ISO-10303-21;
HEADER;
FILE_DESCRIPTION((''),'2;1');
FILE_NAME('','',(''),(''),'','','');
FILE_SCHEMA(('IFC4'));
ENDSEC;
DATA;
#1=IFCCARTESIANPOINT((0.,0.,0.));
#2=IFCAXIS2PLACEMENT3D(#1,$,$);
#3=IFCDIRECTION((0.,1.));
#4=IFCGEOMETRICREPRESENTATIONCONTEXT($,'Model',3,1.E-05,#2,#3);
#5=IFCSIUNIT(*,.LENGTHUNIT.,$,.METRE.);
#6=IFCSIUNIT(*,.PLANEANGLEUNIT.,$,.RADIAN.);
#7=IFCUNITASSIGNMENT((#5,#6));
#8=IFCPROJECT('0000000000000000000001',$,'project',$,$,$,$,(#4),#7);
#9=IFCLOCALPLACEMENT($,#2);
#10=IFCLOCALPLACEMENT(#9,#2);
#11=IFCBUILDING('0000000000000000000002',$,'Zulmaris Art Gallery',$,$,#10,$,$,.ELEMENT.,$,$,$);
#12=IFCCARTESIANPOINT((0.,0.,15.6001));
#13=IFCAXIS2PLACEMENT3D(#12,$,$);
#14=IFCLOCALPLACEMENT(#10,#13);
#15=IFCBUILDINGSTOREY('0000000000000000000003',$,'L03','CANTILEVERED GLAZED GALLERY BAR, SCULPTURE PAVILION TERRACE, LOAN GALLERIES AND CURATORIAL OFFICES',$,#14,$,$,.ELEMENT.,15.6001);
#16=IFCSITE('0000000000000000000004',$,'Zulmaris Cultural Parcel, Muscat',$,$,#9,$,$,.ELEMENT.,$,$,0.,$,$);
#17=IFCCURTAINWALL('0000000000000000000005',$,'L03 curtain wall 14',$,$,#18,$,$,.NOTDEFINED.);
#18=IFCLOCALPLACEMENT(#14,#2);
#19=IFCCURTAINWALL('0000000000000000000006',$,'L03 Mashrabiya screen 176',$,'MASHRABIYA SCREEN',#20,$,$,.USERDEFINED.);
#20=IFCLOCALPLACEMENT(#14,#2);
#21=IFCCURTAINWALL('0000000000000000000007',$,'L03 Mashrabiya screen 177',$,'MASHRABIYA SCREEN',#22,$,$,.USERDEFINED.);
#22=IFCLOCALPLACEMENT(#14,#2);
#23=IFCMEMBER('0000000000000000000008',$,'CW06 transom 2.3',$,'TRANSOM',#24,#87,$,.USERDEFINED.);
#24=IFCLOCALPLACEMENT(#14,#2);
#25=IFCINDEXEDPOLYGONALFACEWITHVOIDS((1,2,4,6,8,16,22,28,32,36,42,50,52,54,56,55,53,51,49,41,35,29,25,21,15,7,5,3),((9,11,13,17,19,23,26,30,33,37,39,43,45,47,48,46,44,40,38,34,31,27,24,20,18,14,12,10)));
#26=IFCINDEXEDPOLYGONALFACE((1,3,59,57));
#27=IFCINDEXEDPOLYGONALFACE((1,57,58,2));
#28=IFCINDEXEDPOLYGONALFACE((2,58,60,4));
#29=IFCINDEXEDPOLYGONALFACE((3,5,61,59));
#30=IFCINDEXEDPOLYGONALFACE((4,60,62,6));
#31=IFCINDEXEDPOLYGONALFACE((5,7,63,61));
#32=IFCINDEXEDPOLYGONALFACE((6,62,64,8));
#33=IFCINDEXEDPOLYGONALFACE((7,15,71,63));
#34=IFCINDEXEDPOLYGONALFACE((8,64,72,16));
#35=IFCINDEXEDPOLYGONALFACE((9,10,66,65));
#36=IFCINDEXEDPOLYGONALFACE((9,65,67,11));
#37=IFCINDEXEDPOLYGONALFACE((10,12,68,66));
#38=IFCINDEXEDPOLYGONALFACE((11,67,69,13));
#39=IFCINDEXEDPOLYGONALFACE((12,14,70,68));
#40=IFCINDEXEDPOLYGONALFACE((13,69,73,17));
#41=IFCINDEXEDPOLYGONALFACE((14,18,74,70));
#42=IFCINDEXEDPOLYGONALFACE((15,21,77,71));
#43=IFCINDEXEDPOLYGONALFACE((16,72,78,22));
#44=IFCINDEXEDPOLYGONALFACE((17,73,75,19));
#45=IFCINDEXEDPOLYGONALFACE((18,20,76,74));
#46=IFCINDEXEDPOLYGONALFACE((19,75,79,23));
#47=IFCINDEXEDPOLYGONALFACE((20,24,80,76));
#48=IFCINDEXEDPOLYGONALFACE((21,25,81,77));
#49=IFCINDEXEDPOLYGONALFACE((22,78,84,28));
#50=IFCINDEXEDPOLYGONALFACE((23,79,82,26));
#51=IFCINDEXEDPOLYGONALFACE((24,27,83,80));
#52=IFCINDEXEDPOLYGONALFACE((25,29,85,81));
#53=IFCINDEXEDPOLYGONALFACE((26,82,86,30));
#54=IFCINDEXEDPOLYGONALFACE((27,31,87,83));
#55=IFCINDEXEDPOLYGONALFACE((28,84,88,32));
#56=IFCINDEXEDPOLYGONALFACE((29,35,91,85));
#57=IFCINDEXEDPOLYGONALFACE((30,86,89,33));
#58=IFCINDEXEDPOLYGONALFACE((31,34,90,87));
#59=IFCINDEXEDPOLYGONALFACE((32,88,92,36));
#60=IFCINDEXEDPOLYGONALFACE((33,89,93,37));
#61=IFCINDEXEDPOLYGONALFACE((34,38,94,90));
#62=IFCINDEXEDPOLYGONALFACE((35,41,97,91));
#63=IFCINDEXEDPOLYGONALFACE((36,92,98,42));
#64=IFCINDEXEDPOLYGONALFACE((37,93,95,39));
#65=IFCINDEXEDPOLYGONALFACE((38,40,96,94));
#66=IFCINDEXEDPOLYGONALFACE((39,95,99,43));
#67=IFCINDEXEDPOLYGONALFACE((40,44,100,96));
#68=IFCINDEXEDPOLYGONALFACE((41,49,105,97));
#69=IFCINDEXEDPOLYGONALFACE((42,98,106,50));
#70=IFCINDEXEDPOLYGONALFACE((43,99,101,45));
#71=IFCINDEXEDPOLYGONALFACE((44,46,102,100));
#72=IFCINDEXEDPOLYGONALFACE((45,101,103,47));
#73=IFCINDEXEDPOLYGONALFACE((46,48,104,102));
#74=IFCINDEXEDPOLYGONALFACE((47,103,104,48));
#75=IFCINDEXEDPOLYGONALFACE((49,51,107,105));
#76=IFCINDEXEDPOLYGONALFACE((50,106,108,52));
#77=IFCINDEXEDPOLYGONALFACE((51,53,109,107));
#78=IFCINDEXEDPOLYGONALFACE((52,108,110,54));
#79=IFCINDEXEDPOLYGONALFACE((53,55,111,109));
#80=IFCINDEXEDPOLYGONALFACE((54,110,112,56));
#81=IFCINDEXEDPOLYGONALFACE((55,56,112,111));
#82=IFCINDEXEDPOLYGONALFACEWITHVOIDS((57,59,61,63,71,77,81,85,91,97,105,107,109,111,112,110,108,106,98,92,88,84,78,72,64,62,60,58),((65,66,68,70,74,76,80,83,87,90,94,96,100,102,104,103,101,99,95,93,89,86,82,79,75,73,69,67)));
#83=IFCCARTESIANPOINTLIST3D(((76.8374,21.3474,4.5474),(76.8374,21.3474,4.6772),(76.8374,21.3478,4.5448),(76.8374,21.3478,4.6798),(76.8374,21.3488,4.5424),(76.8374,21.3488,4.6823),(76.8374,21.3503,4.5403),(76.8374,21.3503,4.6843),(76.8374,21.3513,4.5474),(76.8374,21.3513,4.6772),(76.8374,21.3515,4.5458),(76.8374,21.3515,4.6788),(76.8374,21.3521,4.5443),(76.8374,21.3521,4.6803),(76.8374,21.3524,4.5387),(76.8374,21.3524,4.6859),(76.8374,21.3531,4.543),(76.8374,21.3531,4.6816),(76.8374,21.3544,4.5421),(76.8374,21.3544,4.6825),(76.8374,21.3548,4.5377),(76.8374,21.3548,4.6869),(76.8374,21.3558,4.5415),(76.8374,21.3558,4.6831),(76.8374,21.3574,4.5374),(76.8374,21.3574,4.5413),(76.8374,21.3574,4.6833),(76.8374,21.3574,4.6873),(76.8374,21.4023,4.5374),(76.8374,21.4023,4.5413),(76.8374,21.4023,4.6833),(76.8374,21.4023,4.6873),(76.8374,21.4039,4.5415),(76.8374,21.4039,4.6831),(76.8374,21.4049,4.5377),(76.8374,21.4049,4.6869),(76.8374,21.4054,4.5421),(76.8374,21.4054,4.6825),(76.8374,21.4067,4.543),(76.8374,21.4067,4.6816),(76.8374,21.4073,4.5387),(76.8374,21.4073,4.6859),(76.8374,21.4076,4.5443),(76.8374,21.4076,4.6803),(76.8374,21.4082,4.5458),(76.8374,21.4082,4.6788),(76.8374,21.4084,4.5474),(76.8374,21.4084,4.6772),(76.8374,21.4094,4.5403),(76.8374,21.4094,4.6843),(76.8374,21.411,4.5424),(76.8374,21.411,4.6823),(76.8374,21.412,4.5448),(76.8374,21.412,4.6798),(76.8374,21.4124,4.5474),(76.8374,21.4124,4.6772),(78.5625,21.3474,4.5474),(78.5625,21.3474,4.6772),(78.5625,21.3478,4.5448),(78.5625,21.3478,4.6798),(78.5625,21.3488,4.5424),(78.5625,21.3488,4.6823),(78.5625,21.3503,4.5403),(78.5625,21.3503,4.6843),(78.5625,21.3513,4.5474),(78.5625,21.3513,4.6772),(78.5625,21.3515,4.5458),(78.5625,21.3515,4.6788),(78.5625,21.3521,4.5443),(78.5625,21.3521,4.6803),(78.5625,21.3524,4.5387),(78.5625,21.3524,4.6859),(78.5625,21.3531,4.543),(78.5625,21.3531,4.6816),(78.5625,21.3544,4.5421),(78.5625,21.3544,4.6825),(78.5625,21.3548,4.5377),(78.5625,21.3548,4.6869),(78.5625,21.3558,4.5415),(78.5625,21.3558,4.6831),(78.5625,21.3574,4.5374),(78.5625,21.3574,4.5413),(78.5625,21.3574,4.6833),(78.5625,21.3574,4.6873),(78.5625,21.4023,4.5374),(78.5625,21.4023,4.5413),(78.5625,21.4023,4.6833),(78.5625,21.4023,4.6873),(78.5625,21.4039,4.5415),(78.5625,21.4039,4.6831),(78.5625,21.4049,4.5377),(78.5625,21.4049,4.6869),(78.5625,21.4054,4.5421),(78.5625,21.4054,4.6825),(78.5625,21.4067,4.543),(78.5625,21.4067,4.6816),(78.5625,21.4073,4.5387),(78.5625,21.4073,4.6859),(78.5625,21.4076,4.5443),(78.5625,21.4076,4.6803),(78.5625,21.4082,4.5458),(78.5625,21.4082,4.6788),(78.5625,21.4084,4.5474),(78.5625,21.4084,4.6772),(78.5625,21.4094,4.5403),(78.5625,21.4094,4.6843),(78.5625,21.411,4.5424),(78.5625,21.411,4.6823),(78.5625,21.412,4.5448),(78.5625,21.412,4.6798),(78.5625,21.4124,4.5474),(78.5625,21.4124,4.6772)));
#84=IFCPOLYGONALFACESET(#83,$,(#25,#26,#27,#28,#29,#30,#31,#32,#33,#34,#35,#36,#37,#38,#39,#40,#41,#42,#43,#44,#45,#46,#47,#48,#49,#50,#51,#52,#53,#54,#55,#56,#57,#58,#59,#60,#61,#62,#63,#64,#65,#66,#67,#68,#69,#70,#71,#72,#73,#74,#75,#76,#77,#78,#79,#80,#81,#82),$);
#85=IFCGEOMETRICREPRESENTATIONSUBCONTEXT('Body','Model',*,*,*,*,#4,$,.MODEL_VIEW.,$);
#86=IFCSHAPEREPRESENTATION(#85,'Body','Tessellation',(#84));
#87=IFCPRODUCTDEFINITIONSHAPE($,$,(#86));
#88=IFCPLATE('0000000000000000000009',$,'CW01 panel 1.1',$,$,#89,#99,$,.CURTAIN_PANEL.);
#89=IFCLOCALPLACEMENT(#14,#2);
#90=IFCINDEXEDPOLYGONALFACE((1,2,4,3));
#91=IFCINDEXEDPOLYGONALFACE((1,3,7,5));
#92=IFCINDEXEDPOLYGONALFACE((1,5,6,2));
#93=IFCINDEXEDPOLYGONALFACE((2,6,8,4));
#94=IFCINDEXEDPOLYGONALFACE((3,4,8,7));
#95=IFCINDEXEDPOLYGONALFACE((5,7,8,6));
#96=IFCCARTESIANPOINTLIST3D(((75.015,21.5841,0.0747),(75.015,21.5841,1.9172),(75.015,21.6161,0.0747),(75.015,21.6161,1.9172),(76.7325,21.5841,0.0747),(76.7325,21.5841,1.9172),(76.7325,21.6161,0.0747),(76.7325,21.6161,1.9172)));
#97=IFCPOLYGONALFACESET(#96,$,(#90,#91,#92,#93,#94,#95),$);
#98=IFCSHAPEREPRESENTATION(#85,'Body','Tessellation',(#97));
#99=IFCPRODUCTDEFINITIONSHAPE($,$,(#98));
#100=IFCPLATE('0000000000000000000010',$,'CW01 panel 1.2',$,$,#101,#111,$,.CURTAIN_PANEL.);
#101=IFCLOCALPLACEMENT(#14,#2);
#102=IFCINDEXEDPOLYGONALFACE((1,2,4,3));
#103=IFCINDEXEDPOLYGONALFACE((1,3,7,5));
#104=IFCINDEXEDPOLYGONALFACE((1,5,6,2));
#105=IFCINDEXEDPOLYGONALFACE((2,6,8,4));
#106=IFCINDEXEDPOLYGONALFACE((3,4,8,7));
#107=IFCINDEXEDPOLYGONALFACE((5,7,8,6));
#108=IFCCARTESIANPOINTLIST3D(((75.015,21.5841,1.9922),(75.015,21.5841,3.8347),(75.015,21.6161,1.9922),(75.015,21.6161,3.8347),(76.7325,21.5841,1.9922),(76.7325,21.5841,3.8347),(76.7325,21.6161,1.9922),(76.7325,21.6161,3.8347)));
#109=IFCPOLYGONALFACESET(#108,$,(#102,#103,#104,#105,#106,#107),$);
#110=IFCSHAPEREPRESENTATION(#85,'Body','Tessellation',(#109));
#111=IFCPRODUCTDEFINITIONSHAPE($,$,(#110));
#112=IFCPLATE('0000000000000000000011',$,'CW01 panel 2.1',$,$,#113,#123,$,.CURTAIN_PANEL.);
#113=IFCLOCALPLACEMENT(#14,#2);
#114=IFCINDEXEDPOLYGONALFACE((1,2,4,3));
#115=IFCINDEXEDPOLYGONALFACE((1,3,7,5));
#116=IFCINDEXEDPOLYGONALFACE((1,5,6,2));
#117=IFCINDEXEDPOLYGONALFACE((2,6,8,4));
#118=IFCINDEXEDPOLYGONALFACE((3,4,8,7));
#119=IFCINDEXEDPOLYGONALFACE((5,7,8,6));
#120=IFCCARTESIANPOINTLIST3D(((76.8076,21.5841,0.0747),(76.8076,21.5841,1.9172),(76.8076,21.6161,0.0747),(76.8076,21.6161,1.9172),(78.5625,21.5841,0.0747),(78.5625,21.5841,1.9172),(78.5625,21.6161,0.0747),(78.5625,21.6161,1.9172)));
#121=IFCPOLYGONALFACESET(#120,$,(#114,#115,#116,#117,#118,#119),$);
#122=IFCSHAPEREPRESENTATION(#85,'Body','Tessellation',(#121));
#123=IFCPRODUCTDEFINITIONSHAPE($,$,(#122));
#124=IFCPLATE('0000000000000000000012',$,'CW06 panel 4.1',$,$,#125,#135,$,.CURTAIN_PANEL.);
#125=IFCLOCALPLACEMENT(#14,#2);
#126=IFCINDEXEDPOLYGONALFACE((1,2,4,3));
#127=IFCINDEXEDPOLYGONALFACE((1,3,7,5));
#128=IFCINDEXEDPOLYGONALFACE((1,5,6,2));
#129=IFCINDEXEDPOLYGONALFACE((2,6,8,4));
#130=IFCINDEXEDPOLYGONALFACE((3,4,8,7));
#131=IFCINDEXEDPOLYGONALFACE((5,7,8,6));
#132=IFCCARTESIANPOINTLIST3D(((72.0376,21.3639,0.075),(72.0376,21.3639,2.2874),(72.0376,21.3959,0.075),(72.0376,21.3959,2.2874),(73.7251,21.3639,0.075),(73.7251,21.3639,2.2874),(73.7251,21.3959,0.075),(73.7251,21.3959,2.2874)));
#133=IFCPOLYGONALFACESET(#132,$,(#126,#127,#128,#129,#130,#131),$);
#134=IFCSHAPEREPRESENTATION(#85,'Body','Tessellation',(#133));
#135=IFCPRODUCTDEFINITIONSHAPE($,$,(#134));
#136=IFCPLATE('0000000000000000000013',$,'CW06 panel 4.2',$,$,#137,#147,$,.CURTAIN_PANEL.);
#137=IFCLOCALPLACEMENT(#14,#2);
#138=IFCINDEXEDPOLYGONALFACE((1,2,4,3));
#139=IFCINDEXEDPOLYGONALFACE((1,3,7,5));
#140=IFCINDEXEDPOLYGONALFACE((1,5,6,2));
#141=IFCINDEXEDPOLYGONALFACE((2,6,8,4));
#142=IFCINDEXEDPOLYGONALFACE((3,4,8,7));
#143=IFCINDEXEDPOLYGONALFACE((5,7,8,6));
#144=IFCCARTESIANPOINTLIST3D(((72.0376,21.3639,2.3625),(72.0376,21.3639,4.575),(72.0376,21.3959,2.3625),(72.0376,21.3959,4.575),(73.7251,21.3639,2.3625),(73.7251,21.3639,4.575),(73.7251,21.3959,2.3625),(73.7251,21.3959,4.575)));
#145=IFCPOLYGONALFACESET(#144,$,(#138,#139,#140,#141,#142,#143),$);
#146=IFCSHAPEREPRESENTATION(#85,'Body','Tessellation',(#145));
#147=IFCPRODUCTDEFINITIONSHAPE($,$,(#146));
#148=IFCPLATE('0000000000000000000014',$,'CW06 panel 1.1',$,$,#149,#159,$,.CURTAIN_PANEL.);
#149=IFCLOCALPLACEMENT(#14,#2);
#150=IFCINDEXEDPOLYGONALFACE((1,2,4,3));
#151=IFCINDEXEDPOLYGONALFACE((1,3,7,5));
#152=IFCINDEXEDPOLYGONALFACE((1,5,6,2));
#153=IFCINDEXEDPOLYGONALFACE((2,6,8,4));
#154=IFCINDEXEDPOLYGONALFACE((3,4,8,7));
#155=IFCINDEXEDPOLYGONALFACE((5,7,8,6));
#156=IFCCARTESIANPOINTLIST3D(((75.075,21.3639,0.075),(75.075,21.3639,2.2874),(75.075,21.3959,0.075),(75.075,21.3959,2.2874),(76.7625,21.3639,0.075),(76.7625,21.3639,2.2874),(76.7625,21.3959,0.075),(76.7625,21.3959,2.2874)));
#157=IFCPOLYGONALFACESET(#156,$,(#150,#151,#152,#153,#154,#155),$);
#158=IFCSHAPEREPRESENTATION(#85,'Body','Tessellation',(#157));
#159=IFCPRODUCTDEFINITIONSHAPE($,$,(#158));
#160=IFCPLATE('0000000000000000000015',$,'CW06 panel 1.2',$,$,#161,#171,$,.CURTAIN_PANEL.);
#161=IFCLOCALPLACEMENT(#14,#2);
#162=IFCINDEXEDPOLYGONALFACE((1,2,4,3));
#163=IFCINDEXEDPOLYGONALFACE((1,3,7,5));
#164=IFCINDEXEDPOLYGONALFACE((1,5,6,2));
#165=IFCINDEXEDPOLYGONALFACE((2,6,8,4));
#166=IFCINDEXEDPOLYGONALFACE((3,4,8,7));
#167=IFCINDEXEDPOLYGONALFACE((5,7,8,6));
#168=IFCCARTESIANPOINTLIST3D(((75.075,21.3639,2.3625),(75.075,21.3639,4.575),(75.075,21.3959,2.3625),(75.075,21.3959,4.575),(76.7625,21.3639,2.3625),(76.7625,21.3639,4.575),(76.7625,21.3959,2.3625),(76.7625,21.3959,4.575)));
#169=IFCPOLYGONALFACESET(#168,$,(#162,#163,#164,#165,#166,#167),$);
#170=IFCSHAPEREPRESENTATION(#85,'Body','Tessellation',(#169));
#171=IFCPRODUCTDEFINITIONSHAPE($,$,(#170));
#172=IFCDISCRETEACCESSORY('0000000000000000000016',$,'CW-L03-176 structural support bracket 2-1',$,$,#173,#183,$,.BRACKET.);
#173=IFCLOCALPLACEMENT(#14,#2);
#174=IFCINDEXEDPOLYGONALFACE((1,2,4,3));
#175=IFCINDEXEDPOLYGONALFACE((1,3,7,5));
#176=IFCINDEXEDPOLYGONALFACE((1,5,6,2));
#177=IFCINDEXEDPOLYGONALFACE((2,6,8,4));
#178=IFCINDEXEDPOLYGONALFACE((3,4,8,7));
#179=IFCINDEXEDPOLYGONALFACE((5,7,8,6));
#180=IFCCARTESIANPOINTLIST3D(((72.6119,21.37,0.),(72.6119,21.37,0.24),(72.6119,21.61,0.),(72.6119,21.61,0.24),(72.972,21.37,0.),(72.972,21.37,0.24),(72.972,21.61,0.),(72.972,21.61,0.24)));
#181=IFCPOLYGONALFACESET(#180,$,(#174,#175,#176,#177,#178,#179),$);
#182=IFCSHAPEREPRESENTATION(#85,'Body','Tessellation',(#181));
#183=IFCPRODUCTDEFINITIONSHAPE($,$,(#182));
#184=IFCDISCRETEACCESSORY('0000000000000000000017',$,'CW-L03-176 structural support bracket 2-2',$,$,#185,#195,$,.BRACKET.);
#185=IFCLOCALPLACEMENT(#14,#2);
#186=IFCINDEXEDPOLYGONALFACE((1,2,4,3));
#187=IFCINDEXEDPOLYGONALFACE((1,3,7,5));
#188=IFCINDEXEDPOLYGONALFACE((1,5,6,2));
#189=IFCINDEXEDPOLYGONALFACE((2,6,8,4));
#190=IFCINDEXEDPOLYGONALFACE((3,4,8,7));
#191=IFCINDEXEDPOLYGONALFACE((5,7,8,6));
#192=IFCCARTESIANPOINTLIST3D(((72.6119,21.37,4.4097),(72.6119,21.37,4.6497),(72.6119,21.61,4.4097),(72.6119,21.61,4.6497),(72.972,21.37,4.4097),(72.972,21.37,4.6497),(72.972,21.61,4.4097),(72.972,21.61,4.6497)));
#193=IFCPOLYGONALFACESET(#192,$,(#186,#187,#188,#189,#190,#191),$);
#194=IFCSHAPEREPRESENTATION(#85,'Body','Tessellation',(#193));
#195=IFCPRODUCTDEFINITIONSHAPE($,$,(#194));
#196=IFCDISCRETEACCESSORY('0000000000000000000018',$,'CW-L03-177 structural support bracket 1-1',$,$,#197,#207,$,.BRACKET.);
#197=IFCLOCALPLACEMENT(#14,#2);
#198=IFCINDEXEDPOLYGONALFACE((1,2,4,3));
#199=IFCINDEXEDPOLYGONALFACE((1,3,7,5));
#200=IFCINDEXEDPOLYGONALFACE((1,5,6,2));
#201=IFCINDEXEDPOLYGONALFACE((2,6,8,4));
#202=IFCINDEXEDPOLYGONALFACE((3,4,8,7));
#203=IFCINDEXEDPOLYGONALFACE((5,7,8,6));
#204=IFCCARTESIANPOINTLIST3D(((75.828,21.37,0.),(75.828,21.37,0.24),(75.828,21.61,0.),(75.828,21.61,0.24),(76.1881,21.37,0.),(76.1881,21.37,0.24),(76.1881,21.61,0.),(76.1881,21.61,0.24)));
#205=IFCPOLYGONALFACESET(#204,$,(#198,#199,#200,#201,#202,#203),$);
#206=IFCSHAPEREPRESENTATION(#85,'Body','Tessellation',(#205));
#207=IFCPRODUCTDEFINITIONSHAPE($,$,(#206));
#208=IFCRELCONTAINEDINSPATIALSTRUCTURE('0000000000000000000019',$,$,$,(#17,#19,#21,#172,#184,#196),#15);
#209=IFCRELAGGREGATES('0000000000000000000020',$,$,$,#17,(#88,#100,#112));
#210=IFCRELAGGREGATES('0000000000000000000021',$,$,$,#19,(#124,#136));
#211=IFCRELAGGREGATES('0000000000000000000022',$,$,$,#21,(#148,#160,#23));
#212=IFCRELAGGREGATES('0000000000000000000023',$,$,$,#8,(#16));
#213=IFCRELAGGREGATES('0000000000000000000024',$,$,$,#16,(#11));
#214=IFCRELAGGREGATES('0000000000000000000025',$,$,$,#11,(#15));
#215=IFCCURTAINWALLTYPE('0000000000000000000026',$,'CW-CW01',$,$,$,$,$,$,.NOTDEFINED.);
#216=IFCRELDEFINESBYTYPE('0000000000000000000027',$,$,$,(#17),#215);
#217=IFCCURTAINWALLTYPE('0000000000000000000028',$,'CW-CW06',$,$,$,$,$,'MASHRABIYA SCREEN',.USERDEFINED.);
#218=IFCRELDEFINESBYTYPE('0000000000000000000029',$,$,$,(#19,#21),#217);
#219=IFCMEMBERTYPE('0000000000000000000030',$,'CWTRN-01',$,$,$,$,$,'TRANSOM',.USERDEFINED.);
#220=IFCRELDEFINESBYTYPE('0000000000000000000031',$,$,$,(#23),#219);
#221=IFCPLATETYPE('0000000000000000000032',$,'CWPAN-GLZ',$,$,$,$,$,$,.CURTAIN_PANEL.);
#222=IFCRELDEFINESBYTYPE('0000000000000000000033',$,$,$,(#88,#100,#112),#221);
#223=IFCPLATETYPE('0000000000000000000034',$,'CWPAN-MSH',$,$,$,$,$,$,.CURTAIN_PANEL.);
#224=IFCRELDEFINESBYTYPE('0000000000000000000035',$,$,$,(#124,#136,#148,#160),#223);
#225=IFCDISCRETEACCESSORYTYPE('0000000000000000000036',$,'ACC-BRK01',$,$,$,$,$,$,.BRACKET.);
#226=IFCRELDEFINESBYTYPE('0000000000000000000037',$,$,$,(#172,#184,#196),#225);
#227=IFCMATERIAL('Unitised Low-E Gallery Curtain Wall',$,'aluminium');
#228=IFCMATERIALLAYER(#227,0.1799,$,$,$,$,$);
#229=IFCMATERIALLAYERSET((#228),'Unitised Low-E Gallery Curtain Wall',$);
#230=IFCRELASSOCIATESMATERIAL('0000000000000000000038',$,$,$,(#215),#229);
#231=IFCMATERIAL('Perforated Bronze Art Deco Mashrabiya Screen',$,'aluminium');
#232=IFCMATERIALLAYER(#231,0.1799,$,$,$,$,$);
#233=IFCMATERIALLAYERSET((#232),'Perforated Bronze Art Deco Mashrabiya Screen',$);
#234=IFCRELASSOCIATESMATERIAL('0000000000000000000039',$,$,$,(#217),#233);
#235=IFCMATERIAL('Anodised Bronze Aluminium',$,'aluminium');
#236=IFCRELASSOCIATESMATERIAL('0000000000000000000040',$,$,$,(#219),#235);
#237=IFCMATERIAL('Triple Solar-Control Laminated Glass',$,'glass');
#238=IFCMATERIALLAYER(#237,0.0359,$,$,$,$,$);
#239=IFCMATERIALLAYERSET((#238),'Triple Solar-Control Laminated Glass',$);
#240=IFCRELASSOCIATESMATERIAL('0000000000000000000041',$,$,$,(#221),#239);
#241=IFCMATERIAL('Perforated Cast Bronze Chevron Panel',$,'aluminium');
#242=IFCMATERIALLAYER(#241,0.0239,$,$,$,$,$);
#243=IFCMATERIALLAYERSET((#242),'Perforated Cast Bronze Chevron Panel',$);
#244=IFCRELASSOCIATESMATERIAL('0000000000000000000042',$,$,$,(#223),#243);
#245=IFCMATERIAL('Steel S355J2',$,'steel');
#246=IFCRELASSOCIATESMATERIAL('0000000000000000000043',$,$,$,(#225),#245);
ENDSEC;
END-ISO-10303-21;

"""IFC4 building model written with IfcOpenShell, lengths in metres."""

from ifc_helpers import new_model, si_unit, direction, frame, origin, origin_2d, place, context, subcontext, project, spatial, rectangle, hollow_rectangle, extrude, material, layer, layer_set, material_profile, profile_set, type_object, element, aggregate, save


model = new_model("IFC4")

# Units and contexts
model_context = context("Model", 3, precision=1e-05, world=origin(), true_north=direction((0.0, 1.0)))
body_context = subcontext(model_context, "Body", "Model", "MODEL_VIEW")
ifc_project = project(units=[si_unit("LENGTHUNIT", "METRE"), si_unit("PLANEANGLEUNIT", "RADIAN")], contexts=[model_context])

# Site, building, storey
site_placement = place(None, origin())
site = spatial("IfcSite", under=ifc_project, at=site_placement, Name="Zulmaris Cultural Parcel, Muscat", CompositionType="ELEMENT", RefElevation=0.0)
building_placement = place(site_placement, origin())
building = spatial("IfcBuilding", under=site, at=building_placement, Name="Zulmaris Art Gallery", CompositionType="ELEMENT")
storey_placement = place(building_placement, frame((0.0, 0.0, 15.6001)))
storey = spatial("IfcBuildingStorey", under=building, at=storey_placement, Name="L03", Description="CANTILEVERED GLAZED GALLERY BAR, SCULPTURE PAVILION TERRACE, LOAN GALLERIES AND CURATORIAL OFFICES", CompositionType="ELEMENT", Elevation=15.6001)

# Shared definitions
ifc_material_1 = material(Name="Steel S355J2", Category="steel")

# Curtain wall
ifc_material_2 = material(Name="Unitised Low-E Gallery Curtain Wall", Category="aluminium")
ifc_layer_1 = layer(ifc_material_2, 0.1799)
ifc_layer_set_1 = layer_set([ifc_layer_1], Name="Unitised Low-E Gallery Curtain Wall")
curtain_wall_type_1 = type_object("IfcCurtainWallType", Name="CW-CW01", PredefinedType="NOTDEFINED", material=ifc_layer_set_1)
curtain_wall_1_placement = place(storey_placement, origin())
curtain_wall_1 = element("IfcCurtainWall", 1, at=curtain_wall_1_placement, inside=storey, type_object=curtain_wall_type_1, Name="L03 curtain wall 14", PredefinedType="NOTDEFINED")
ifc_material_3 = material(Name="Anodised Bronze Aluminium", Category="aluminium")

# Curtain wall
ifc_material_4 = material(Name="Perforated Bronze Art Deco Mashrabiya Screen", Category="aluminium")
ifc_layer_2 = layer(ifc_material_4, 0.1799)
ifc_layer_set_2 = layer_set([ifc_layer_2], Name="Perforated Bronze Art Deco Mashrabiya Screen")
curtain_wall_type_2 = type_object("IfcCurtainWallType", Name="CW-CW06", ElementType="MASHRABIYA SCREEN", PredefinedType="USERDEFINED", material=ifc_layer_set_2)
curtain_wall_2_placement = place(storey_placement, origin())
curtain_wall_2 = element("IfcCurtainWall", 2, at=curtain_wall_2_placement, inside=storey, type_object=curtain_wall_type_2, Name="L03 Mashrabiya screen 176", ObjectType="MASHRABIYA SCREEN", PredefinedType="USERDEFINED")

# Curtain wall
curtain_wall_3_placement = place(storey_placement, origin())
curtain_wall_3 = element("IfcCurtainWall", 3, at=curtain_wall_3_placement, inside=storey, type_object=curtain_wall_type_2, Name="L03 Mashrabiya screen 177", ObjectType="MASHRABIYA SCREEN", PredefinedType="USERDEFINED")

# Member
ifc_material_profile_1 = material_profile(ifc_material_3, hollow_rectangle(XDim=0.0649, YDim=0.1499, WallThickness=0.0039, InnerFilletRadius=0.0061, OuterFilletRadius=0.01, at=origin_2d()), Name="ALU 65x150x4")
ifc_profile_set_1 = profile_set([ifc_material_profile_1], Name="Anodised Bronze Aluminium")
member_type_1 = type_object("IfcMemberType", Name="CWTRN-01", ElementType="TRANSOM", PredefinedType="USERDEFINED", material=ifc_profile_set_1)
member_1_placement = place(storey_placement, frame((76.8374, 21.3799, 4.6123), z_axis=(1.0, 0.0, 0.0), x_axis=(0.0, 1.0, 0.0)))
member_1 = element("IfcMember", 4, at=member_1_placement, type_object=member_type_1, Name="CW06 transom 2.3", ObjectType="TRANSOM", PredefinedType="USERDEFINED", context=body_context, shape_type="SweptSolid", body=[
    extrude(hollow_rectangle(XDim=0.0649, YDim=0.1499, WallThickness=0.0039, InnerFilletRadius=0.0061, OuterFilletRadius=0.01, at=origin_2d()), origin(), (0.0, 0.0, 1.0), 1.7251),
])

# Plates
ifc_material_5 = material(Name="Triple Solar-Control Laminated Glass", Category="glass")
ifc_layer_3 = layer(ifc_material_5, 0.0359)
ifc_layer_set_3 = layer_set([ifc_layer_3], Name="Triple Solar-Control Laminated Glass")
plate_type_1 = type_object("IfcPlateType", Name="CWPAN-GLZ", PredefinedType="CURTAIN_PANEL", material=ifc_layer_set_3)
plate_1_placement = place(storey_placement, frame((75.8738, 21.6001, 0.0747), z_axis=(0.0, 0.0, 1.0), x_axis=(1.0, 0.0, 0.0)))
plate_1 = element("IfcPlate", 5, at=plate_1_placement, type_object=plate_type_1, Name="CW01 panel 1.1", PredefinedType="CURTAIN_PANEL", context=body_context, shape_type="SweptSolid", body=[
    extrude(rectangle(XDim=1.7175, YDim=0.032, at=origin_2d()), origin(), (0.0, 0.0, 1.0), 1.8425),
])
plate_2_placement = place(storey_placement, frame((75.8738, 21.6001, 1.9922), z_axis=(0.0, 0.0, 1.0), x_axis=(1.0, 0.0, 0.0)))
plate_2 = element("IfcPlate", 6, at=plate_2_placement, type_object=plate_type_1, Name="CW01 panel 1.2", PredefinedType="CURTAIN_PANEL", context=body_context, shape_type="SweptSolid", body=[
    extrude(rectangle(XDim=1.7175, YDim=0.032, at=origin_2d()), origin(), (0.0, 0.0, 1.0), 1.8425),
])
plate_3_placement = place(storey_placement, frame((77.6851, 21.6001, 0.0747), z_axis=(0.0, 0.0, 1.0), x_axis=(1.0, 0.0, 0.0)))
plate_3 = element("IfcPlate", 7, at=plate_3_placement, type_object=plate_type_1, Name="CW01 panel 2.1", PredefinedType="CURTAIN_PANEL", context=body_context, shape_type="SweptSolid", body=[
    extrude(rectangle(XDim=1.7549, YDim=0.032, at=origin_2d()), origin(), (0.0, 0.0, 1.0), 1.8425),
])
aggregate(curtain_wall_1, [plate_1, plate_2, plate_3])
ifc_material_6 = material(Name="Perforated Cast Bronze Chevron Panel", Category="aluminium")
ifc_layer_4 = layer(ifc_material_6, 0.0239)
ifc_layer_set_4 = layer_set([ifc_layer_4], Name="Perforated Cast Bronze Chevron Panel")
plate_type_2 = type_object("IfcPlateType", Name="CWPAN-MSH", PredefinedType="CURTAIN_PANEL", material=ifc_layer_set_4)
plate_4_placement = place(storey_placement, frame((72.8813, 21.3799, 0.075), z_axis=(0.0, 0.0, 1.0), x_axis=(1.0, 0.0, 0.0)))
plate_4 = element("IfcPlate", 8, at=plate_4_placement, type_object=plate_type_2, Name="CW06 panel 4.1", PredefinedType="CURTAIN_PANEL", context=body_context, shape_type="SweptSolid", body=[
    extrude(rectangle(XDim=1.6875, YDim=0.032, at=origin_2d()), origin(), (0.0, 0.0, 1.0), 2.2124),
])
plate_5_placement = place(storey_placement, frame((72.8813, 21.3799, 2.3625), z_axis=(0.0, 0.0, 1.0), x_axis=(1.0, 0.0, 0.0)))
plate_5 = element("IfcPlate", 9, at=plate_5_placement, type_object=plate_type_2, Name="CW06 panel 4.2", PredefinedType="CURTAIN_PANEL", context=body_context, shape_type="SweptSolid", body=[
    extrude(rectangle(XDim=1.6875, YDim=0.032, at=origin_2d()), origin(), (0.0, 0.0, 1.0), 2.2124),
])
aggregate(curtain_wall_2, [plate_4, plate_5])
plate_6_placement = place(storey_placement, frame((75.9187, 21.3799, 0.075), z_axis=(0.0, 0.0, 1.0), x_axis=(1.0, 0.0, 0.0)))
plate_6 = element("IfcPlate", 10, at=plate_6_placement, type_object=plate_type_2, Name="CW06 panel 1.1", PredefinedType="CURTAIN_PANEL", context=body_context, shape_type="SweptSolid", body=[
    extrude(rectangle(XDim=1.6875, YDim=0.032, at=origin_2d()), origin(), (0.0, 0.0, 1.0), 2.2124),
])
plate_7_placement = place(storey_placement, frame((75.9187, 21.3799, 2.3625), z_axis=(0.0, 0.0, 1.0), x_axis=(1.0, 0.0, 0.0)))
plate_7 = element("IfcPlate", 11, at=plate_7_placement, type_object=plate_type_2, Name="CW06 panel 1.2", PredefinedType="CURTAIN_PANEL", context=body_context, shape_type="SweptSolid", body=[
    extrude(rectangle(XDim=1.6875, YDim=0.032, at=origin_2d()), origin(), (0.0, 0.0, 1.0), 2.2124),
])
aggregate(curtain_wall_3, [plate_6, plate_7, member_1])

# Discrete accessories
discrete_accessory_type = type_object("IfcDiscreteAccessoryType", Name="ACC-BRK01", PredefinedType="BRACKET", material=ifc_material_1)
for number, where, z_axis, x_axis, name in (
    (12, (72.792, 21.49, 0.0), (0.0, 0.0, 1.0), (1.0, 0.0, 0.0), "CW-L03-176 structural support bracket 2-1"),
    (13, (72.792, 21.49, 4.4097), (0.0, 0.0, 1.0), (1.0, 0.0, 0.0), "CW-L03-176 structural support bracket 2-2"),
    (14, (76.0081, 21.49, 0.0), (0.0, 0.0, 1.0), (1.0, 0.0, 0.0), "CW-L03-177 structural support bracket 1-1"),
):
    element("IfcDiscreteAccessory", number, at=place(storey_placement, frame(where, z_axis=z_axis, x_axis=x_axis)), inside=storey, type_object=discrete_accessory_type, Name=name, PredefinedType="BRACKET", context=body_context, shape_type="SweptSolid", body=[
        extrude(rectangle(XDim=0.3601, YDim=0.24, at=origin_2d()), origin(), (0.0, 0.0, 1.0), 0.24),
    ])

save(model, "model.ifc")
